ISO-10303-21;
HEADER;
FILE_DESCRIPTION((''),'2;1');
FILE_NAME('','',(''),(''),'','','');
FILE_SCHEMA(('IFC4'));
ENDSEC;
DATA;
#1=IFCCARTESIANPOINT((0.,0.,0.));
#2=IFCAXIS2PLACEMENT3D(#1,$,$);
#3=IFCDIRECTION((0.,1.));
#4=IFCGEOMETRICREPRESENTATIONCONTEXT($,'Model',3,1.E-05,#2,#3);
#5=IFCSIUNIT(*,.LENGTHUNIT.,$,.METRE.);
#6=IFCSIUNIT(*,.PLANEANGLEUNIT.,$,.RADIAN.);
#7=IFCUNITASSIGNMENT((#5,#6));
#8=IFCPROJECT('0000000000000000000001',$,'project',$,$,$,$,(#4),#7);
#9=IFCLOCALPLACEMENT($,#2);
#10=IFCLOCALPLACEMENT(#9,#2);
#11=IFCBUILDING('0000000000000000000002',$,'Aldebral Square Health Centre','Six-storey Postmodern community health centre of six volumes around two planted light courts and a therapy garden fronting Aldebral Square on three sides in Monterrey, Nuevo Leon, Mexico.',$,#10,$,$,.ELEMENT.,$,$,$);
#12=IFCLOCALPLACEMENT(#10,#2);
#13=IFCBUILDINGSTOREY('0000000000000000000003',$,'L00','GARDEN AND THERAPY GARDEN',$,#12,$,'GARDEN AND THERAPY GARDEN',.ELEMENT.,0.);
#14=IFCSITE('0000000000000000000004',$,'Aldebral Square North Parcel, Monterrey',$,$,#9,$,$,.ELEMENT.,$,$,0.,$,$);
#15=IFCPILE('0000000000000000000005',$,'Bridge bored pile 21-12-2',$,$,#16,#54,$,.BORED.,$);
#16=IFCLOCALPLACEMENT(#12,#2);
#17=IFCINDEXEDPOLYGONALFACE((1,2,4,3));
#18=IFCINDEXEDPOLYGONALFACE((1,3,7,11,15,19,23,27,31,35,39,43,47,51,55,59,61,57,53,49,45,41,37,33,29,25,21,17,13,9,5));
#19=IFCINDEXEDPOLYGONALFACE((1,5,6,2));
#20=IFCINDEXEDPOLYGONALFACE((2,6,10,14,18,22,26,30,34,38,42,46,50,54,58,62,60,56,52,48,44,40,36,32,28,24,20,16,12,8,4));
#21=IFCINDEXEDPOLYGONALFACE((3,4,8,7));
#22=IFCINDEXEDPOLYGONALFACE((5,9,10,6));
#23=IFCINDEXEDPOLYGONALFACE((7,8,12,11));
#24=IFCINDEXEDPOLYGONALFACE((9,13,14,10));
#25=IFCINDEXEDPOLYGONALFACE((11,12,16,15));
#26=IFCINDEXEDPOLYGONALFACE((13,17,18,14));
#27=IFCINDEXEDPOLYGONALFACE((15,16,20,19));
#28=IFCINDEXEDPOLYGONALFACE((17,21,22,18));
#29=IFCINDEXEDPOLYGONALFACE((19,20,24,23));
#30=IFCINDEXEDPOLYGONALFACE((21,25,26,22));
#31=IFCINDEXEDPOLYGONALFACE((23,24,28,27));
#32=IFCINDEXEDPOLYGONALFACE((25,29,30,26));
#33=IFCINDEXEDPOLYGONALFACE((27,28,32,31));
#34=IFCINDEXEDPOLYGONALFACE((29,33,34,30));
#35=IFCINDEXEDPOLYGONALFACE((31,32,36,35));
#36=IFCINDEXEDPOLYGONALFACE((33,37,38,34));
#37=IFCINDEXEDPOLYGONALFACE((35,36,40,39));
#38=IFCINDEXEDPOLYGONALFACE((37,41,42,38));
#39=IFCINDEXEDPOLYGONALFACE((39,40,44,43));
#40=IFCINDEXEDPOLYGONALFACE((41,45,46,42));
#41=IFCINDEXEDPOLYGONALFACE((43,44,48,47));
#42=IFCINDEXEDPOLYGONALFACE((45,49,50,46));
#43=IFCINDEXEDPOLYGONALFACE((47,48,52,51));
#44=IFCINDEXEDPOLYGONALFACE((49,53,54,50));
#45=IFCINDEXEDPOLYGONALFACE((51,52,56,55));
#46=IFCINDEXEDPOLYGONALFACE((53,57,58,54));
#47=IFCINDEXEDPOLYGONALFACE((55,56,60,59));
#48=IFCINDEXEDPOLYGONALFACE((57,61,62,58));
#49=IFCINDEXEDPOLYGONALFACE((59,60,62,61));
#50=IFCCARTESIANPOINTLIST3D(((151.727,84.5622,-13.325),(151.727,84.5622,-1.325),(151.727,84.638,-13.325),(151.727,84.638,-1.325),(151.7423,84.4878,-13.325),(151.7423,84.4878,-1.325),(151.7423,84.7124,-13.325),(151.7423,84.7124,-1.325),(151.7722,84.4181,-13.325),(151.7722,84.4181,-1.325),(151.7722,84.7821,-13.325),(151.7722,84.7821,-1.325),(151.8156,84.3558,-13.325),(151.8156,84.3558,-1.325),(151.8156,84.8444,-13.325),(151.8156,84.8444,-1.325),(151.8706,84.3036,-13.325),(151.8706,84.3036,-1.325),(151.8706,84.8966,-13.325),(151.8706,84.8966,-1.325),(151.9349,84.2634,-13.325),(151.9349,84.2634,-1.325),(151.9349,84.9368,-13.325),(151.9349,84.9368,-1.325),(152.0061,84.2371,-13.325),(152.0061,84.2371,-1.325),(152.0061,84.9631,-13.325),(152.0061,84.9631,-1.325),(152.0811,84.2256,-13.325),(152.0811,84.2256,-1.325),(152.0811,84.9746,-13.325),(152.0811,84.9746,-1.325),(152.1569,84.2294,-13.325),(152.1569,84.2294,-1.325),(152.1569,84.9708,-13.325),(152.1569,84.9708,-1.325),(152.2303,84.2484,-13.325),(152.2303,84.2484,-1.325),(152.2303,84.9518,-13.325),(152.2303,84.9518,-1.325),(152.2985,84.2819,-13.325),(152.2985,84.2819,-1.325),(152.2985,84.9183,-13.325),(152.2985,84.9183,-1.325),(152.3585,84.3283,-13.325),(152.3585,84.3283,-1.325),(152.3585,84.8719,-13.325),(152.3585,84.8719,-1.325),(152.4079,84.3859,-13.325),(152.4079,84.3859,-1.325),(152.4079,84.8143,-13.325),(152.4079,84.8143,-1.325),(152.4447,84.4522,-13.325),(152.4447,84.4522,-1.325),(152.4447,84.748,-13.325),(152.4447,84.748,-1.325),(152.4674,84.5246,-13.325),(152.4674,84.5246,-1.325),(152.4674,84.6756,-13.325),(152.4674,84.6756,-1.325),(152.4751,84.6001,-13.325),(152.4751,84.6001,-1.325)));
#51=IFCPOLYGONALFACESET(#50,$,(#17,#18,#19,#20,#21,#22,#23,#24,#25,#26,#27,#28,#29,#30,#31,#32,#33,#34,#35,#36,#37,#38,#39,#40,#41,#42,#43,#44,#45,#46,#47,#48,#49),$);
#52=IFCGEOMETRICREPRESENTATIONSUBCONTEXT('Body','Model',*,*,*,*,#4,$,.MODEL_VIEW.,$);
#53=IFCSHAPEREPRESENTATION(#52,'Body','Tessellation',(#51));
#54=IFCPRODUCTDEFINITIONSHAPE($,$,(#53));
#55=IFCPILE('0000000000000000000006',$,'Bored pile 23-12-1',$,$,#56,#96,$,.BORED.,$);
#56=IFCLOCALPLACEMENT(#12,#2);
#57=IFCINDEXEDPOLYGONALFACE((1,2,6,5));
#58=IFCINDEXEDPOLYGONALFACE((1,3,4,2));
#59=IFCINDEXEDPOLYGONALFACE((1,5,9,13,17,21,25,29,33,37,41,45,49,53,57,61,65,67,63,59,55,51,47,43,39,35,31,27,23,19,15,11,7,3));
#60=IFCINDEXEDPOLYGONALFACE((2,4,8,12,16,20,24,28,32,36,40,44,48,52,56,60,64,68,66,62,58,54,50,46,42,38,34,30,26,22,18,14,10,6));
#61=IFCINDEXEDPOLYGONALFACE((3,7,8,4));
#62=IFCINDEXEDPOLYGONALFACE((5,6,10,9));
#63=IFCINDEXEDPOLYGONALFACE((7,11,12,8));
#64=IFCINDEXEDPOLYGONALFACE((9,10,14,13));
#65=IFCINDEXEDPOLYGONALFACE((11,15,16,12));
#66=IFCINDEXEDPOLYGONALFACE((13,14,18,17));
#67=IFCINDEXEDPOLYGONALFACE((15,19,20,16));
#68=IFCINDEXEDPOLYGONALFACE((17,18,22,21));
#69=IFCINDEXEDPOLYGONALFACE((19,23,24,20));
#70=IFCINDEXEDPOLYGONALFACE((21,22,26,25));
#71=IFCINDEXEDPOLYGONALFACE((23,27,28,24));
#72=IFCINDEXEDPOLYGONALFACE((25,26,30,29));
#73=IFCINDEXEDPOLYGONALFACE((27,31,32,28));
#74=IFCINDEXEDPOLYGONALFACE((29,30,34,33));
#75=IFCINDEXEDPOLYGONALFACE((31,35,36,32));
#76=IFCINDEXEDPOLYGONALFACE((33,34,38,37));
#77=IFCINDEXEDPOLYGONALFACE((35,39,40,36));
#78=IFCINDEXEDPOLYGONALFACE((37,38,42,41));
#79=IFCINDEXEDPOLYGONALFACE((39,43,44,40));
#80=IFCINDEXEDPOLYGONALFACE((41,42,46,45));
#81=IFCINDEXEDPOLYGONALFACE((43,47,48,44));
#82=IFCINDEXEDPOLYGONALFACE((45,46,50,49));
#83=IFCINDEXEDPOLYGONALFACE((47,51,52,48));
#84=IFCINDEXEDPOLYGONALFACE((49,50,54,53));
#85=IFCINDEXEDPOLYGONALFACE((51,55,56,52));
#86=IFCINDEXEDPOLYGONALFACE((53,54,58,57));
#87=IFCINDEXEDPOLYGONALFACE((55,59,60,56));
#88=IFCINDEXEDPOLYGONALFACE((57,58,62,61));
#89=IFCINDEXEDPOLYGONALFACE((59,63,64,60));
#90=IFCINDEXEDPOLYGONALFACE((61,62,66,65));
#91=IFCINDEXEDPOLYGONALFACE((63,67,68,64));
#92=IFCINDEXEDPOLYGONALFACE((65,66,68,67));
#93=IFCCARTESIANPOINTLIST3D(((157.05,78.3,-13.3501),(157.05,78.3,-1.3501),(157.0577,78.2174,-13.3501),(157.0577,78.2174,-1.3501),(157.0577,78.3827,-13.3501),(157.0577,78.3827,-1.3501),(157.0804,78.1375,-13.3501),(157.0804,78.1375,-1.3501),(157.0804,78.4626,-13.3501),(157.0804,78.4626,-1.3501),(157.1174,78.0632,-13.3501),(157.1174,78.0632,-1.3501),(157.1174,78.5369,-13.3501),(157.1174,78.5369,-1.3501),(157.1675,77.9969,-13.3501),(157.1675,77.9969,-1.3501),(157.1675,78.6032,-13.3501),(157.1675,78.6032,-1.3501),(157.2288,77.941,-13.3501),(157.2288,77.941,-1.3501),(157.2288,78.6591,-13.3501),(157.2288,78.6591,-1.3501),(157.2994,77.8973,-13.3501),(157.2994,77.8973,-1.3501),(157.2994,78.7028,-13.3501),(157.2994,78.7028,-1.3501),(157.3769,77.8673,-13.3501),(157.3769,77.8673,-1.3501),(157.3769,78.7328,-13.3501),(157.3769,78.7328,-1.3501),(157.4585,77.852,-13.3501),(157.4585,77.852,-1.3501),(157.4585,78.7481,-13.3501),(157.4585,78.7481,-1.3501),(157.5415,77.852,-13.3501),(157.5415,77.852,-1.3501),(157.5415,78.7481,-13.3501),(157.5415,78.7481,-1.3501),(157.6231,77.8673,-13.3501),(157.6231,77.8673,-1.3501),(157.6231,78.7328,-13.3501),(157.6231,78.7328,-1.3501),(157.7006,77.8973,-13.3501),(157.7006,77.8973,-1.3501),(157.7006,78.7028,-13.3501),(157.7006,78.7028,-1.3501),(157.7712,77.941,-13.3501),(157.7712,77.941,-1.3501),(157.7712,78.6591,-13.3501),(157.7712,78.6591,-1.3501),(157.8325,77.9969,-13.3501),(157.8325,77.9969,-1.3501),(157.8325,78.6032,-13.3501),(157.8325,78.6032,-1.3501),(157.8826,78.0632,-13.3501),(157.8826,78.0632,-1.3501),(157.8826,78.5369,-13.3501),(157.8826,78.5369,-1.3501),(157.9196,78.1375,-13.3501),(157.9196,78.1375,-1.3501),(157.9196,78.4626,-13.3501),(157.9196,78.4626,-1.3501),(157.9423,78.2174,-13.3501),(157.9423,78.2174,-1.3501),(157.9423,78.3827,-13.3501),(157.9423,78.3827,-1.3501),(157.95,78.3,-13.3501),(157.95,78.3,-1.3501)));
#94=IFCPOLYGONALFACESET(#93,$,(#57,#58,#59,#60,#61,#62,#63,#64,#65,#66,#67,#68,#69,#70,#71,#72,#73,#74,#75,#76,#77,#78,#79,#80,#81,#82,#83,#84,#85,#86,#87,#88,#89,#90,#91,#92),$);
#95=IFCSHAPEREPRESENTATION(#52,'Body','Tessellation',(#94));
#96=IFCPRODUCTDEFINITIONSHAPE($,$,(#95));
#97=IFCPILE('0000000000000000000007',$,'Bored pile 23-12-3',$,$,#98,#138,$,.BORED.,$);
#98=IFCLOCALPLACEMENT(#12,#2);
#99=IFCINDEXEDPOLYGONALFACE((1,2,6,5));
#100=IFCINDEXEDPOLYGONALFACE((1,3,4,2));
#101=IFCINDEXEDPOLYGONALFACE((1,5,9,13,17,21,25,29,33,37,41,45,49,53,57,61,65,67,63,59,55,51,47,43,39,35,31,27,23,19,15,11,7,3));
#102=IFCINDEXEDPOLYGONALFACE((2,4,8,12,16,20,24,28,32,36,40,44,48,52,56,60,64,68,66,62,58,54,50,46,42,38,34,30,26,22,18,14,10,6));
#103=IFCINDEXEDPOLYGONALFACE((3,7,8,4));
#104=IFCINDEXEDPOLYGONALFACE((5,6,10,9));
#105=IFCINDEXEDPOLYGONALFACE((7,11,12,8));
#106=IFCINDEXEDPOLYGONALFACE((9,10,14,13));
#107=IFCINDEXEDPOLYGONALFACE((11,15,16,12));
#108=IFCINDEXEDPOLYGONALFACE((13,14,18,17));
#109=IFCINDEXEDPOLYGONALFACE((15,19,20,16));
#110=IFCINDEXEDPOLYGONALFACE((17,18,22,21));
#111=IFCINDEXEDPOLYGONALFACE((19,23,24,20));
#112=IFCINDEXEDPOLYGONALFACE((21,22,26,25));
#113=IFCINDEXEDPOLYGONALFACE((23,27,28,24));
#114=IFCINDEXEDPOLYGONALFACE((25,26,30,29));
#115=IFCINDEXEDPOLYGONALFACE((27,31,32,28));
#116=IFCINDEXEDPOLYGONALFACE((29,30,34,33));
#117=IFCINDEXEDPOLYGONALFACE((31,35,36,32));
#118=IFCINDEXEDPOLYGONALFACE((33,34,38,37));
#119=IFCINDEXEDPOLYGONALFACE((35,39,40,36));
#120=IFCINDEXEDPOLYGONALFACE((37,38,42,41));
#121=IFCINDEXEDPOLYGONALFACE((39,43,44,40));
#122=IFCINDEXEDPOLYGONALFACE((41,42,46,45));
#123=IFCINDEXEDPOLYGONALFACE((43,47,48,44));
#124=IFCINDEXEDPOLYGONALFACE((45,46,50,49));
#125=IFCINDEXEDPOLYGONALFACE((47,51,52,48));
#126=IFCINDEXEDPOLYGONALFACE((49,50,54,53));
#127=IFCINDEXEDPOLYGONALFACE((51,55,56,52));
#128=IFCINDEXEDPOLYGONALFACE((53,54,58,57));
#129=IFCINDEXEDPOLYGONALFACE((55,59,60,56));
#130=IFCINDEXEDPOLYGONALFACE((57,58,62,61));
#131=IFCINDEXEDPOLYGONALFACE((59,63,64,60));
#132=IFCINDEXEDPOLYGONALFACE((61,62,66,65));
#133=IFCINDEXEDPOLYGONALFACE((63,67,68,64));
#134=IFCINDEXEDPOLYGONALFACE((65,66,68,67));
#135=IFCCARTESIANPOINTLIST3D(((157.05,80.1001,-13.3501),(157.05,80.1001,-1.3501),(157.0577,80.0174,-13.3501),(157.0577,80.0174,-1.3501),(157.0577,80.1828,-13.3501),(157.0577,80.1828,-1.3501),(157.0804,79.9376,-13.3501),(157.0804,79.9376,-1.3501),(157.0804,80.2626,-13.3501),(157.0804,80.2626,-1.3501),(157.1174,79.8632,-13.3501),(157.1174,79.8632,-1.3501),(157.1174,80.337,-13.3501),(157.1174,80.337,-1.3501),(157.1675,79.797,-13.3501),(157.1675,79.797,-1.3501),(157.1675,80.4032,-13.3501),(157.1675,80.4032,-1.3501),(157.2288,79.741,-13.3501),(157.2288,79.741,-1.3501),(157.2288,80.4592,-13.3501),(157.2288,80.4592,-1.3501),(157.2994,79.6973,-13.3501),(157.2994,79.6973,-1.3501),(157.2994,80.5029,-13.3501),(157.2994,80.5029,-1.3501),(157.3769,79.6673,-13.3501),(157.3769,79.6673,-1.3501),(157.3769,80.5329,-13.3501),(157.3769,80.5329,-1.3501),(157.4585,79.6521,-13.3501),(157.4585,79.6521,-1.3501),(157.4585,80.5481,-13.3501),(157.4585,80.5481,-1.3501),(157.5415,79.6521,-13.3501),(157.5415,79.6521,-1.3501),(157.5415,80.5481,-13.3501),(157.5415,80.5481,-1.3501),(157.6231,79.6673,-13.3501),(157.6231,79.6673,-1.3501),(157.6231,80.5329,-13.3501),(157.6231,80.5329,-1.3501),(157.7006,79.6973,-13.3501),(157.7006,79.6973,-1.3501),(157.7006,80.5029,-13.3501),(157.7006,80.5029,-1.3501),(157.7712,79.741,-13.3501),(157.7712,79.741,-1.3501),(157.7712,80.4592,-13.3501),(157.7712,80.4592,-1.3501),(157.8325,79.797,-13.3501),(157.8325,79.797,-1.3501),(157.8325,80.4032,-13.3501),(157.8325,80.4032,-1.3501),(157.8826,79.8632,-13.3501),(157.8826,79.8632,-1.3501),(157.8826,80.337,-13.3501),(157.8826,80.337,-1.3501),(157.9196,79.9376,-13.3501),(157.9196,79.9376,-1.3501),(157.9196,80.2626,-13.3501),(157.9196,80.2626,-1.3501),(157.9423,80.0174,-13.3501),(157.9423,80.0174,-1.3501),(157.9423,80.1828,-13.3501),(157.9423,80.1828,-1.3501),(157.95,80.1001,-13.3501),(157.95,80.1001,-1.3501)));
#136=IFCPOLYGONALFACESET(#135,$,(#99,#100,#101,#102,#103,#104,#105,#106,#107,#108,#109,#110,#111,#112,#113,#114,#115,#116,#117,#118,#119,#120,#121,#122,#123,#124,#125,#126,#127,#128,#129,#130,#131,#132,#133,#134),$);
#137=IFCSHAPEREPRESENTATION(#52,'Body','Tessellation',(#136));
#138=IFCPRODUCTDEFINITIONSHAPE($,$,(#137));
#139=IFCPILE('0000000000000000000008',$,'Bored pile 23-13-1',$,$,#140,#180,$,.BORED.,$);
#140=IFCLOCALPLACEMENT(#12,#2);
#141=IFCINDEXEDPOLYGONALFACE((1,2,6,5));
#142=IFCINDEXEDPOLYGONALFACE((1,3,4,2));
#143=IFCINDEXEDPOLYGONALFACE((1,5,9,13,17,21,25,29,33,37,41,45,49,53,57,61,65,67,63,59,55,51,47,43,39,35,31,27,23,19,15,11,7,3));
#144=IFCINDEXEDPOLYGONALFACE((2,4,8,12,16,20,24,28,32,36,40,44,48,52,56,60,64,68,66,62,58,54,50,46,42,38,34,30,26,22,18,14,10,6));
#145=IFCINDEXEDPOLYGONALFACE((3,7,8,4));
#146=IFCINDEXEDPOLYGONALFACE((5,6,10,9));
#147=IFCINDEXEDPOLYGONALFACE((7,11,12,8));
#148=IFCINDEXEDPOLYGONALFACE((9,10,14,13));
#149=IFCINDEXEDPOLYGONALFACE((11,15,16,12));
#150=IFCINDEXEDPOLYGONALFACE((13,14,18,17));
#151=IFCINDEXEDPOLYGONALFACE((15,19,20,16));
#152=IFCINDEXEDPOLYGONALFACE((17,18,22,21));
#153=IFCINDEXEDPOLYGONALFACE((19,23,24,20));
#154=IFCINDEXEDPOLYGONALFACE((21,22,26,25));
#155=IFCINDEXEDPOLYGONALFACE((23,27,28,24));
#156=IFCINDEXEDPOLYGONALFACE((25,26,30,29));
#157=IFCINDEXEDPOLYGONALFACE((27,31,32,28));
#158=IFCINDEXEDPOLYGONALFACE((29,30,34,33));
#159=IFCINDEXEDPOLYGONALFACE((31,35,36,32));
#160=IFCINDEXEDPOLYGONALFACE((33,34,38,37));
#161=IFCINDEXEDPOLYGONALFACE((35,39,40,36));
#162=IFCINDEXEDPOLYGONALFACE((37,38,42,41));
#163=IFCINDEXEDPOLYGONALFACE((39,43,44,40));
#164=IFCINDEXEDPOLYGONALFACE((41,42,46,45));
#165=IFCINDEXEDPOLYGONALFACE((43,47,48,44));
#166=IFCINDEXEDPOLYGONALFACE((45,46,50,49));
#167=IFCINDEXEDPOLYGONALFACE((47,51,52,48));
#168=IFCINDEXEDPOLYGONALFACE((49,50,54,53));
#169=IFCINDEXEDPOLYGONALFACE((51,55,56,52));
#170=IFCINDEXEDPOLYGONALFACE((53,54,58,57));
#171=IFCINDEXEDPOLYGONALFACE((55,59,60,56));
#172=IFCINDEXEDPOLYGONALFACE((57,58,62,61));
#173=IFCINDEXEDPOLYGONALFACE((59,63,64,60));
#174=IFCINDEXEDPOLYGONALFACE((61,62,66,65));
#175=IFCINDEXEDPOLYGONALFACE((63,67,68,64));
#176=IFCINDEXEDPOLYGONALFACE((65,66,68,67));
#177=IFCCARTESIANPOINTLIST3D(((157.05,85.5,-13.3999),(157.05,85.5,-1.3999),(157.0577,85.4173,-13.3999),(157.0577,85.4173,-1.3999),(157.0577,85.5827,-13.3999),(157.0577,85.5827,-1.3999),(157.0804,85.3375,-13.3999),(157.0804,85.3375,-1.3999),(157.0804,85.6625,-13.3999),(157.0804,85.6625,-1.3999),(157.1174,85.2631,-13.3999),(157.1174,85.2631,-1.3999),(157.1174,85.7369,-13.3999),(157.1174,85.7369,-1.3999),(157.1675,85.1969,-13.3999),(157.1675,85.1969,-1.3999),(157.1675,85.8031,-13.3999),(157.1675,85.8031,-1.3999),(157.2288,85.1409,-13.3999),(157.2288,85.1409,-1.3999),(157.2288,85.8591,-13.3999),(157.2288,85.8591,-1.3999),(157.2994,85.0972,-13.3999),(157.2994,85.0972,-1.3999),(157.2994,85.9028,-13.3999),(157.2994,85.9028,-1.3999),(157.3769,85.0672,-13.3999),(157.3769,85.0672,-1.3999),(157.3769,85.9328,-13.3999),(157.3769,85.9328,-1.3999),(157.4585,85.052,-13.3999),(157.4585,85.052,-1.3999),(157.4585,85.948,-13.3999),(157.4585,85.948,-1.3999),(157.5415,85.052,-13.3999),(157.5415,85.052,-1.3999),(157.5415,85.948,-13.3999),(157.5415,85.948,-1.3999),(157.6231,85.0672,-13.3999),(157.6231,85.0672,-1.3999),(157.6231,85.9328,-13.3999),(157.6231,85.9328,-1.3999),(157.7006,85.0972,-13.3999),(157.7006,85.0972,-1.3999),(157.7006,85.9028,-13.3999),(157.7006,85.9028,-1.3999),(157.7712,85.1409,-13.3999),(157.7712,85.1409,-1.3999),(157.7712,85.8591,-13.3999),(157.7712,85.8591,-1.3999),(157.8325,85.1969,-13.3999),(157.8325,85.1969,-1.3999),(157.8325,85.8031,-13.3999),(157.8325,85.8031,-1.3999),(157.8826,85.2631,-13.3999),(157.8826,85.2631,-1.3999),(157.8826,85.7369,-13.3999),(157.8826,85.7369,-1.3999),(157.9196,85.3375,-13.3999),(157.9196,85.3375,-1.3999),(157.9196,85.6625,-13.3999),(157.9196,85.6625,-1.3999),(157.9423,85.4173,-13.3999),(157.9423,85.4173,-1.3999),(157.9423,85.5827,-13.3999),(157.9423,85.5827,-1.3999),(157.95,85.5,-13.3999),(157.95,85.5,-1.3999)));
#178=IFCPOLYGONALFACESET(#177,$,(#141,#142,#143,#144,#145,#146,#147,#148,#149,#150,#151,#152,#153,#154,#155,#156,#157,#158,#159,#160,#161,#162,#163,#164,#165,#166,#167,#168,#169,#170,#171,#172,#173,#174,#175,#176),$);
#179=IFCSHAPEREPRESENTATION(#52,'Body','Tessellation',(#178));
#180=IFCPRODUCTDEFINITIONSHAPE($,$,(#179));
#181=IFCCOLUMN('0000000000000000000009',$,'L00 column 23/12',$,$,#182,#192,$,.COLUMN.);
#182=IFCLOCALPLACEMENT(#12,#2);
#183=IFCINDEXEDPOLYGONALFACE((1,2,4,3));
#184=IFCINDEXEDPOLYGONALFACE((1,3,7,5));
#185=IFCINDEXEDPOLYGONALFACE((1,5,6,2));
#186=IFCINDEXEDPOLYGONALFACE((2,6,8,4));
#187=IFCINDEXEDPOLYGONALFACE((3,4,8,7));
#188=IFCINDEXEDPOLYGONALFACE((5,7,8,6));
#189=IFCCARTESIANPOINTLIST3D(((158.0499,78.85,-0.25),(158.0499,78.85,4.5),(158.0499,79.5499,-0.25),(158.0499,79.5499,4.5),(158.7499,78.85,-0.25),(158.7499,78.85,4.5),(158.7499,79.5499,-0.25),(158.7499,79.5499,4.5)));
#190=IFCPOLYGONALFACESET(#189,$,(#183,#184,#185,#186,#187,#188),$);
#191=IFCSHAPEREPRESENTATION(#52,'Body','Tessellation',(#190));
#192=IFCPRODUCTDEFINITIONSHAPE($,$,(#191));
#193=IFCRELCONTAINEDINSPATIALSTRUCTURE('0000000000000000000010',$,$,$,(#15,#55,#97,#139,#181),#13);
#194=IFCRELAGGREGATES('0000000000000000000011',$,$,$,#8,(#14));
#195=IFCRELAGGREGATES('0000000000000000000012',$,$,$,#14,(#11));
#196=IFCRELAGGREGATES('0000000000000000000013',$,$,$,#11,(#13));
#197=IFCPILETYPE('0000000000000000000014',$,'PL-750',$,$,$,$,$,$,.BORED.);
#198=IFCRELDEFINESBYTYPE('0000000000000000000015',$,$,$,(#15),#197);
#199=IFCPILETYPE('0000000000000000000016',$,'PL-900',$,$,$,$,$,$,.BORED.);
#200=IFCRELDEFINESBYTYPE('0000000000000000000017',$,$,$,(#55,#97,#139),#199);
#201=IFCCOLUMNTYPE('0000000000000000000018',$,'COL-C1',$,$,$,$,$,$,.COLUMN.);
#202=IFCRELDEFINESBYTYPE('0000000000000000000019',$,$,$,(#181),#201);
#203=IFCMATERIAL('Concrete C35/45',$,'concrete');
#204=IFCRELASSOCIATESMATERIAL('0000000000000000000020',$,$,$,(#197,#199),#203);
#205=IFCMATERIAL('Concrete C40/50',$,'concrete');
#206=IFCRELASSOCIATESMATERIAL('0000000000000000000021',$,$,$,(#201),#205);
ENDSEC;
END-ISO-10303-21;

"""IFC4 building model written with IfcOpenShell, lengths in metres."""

from ifc_helpers import new_model, si_unit, direction, frame, origin, origin_2d, place, context, subcontext, project, spatial, rectangle, circle, extrude, material, material_profile, profile_set, type_object, element, save


model = new_model("IFC4")

# Units and contexts
model_context = context("Model", 3, precision=1e-05, world=origin(), true_north=direction((0.0, 1.0)))
body_context = subcontext(model_context, "Body", "Model", "MODEL_VIEW")
ifc_project = project(units=[si_unit("LENGTHUNIT", "METRE"), si_unit("PLANEANGLEUNIT", "RADIAN")], contexts=[model_context])

# Site, building, storey
site_placement = place(None, origin())
site = spatial("IfcSite", under=ifc_project, at=site_placement, Name="Aldebral Square North Parcel, Monterrey", CompositionType="ELEMENT", RefElevation=0.0)
building_placement = place(site_placement, origin())
building = spatial("IfcBuilding", under=site, at=building_placement, Name="Aldebral Square Health Centre", Description="Six-storey Postmodern community health centre of six volumes around two planted light courts and a therapy garden fronting Aldebral Square on three sides in Monterrey, Nuevo Leon, Mexico.", CompositionType="ELEMENT")
storey_placement = place(building_placement, origin())
storey = spatial("IfcBuildingStorey", under=building, at=storey_placement, Name="L00", Description="GARDEN AND THERAPY GARDEN", LongName="GARDEN AND THERAPY GARDEN", CompositionType="ELEMENT", Elevation=0.0)

# Shared definitions
ifc_material_1 = material(Name="Concrete C35/45", Category="concrete")

# Piles
ifc_material_profile_1 = material_profile(ifc_material_1, circle(Radius=0.375, at=origin_2d()), Name="PILE D750")
ifc_profile_set_1 = profile_set([ifc_material_profile_1], Name="Concrete C35/45")
pile_type_1 = type_object("IfcPileType", Name="PL-750", PredefinedType="BORED", material=ifc_profile_set_1)
for number, where, z_axis, x_axis, name in (
    (1, (152.1001, 84.6001, -1.325), (0.0, 0.0, -1.0), (1.0, 0.0, 0.0), "Bridge bored pile 21-12-2"),
):
    element("IfcPile", number, at=place(storey_placement, frame(where, z_axis=z_axis, x_axis=x_axis)), inside=storey, type_object=pile_type_1, Name=name, PredefinedType="BORED", context=body_context, shape_type="SweptSolid", body=[
        extrude(circle(Radius=0.375, at=origin_2d()), origin(), (0.0, 0.0, 1.0), 12.0),
    ])
ifc_material_profile_2 = material_profile(ifc_material_1, circle(Radius=0.45, at=origin_2d()), Name="PILE D900")
ifc_profile_set_2 = profile_set([ifc_material_profile_2], Name="Concrete C35/45")
pile_type_2 = type_object("IfcPileType", Name="PL-900", PredefinedType="BORED", material=ifc_profile_set_2)
for number, where, z_axis, x_axis, name in (
    (2, (157.5, 78.3, -1.3501), (0.0, 0.0, -1.0), (1.0, 0.0, 0.0), "Bored pile 23-12-1"),
    (3, (157.5, 80.1001, -1.3501), (0.0, 0.0, -1.0), (1.0, 0.0, 0.0), "Bored pile 23-12-3"),
    (4, (157.5, 85.5, -1.3999), (0.0, 0.0, -1.0), (1.0, 0.0, 0.0), "Bored pile 23-13-1"),
):
    element("IfcPile", number, at=place(storey_placement, frame(where, z_axis=z_axis, x_axis=x_axis)), inside=storey, type_object=pile_type_2, Name=name, PredefinedType="BORED", context=body_context, shape_type="SweptSolid", body=[
        extrude(circle(Radius=0.45, at=origin_2d()), origin(), (0.0, 0.0, 1.0), 12.0),
    ])

# Column
ifc_material_2 = material(Name="Concrete C40/50", Category="concrete")
ifc_material_profile_3 = material_profile(ifc_material_2, rectangle(XDim=0.7, YDim=0.7, at=origin_2d()), Name="RC 700x700")
ifc_profile_set_3 = profile_set([ifc_material_profile_3], Name="Concrete C40/50")
column_type_1 = type_object("IfcColumnType", Name="COL-C1", PredefinedType="COLUMN", material=ifc_profile_set_3)
column_placement = place(storey_placement, frame((158.3999, 79.2, -0.25), z_axis=(0.0, 0.0, 1.0), x_axis=(1.0, 0.0, 0.0)))
element("IfcColumn", 5, at=column_placement, inside=storey, type_object=column_type_1, Name="L00 column 23/12", PredefinedType="COLUMN", context=body_context, shape_type="SweptSolid", body=[
    extrude(rectangle(XDim=0.7, YDim=0.7, at=origin_2d()), origin(), (0.0, 0.0, 1.0), 4.75),
])

save(model, "model.ifc")
